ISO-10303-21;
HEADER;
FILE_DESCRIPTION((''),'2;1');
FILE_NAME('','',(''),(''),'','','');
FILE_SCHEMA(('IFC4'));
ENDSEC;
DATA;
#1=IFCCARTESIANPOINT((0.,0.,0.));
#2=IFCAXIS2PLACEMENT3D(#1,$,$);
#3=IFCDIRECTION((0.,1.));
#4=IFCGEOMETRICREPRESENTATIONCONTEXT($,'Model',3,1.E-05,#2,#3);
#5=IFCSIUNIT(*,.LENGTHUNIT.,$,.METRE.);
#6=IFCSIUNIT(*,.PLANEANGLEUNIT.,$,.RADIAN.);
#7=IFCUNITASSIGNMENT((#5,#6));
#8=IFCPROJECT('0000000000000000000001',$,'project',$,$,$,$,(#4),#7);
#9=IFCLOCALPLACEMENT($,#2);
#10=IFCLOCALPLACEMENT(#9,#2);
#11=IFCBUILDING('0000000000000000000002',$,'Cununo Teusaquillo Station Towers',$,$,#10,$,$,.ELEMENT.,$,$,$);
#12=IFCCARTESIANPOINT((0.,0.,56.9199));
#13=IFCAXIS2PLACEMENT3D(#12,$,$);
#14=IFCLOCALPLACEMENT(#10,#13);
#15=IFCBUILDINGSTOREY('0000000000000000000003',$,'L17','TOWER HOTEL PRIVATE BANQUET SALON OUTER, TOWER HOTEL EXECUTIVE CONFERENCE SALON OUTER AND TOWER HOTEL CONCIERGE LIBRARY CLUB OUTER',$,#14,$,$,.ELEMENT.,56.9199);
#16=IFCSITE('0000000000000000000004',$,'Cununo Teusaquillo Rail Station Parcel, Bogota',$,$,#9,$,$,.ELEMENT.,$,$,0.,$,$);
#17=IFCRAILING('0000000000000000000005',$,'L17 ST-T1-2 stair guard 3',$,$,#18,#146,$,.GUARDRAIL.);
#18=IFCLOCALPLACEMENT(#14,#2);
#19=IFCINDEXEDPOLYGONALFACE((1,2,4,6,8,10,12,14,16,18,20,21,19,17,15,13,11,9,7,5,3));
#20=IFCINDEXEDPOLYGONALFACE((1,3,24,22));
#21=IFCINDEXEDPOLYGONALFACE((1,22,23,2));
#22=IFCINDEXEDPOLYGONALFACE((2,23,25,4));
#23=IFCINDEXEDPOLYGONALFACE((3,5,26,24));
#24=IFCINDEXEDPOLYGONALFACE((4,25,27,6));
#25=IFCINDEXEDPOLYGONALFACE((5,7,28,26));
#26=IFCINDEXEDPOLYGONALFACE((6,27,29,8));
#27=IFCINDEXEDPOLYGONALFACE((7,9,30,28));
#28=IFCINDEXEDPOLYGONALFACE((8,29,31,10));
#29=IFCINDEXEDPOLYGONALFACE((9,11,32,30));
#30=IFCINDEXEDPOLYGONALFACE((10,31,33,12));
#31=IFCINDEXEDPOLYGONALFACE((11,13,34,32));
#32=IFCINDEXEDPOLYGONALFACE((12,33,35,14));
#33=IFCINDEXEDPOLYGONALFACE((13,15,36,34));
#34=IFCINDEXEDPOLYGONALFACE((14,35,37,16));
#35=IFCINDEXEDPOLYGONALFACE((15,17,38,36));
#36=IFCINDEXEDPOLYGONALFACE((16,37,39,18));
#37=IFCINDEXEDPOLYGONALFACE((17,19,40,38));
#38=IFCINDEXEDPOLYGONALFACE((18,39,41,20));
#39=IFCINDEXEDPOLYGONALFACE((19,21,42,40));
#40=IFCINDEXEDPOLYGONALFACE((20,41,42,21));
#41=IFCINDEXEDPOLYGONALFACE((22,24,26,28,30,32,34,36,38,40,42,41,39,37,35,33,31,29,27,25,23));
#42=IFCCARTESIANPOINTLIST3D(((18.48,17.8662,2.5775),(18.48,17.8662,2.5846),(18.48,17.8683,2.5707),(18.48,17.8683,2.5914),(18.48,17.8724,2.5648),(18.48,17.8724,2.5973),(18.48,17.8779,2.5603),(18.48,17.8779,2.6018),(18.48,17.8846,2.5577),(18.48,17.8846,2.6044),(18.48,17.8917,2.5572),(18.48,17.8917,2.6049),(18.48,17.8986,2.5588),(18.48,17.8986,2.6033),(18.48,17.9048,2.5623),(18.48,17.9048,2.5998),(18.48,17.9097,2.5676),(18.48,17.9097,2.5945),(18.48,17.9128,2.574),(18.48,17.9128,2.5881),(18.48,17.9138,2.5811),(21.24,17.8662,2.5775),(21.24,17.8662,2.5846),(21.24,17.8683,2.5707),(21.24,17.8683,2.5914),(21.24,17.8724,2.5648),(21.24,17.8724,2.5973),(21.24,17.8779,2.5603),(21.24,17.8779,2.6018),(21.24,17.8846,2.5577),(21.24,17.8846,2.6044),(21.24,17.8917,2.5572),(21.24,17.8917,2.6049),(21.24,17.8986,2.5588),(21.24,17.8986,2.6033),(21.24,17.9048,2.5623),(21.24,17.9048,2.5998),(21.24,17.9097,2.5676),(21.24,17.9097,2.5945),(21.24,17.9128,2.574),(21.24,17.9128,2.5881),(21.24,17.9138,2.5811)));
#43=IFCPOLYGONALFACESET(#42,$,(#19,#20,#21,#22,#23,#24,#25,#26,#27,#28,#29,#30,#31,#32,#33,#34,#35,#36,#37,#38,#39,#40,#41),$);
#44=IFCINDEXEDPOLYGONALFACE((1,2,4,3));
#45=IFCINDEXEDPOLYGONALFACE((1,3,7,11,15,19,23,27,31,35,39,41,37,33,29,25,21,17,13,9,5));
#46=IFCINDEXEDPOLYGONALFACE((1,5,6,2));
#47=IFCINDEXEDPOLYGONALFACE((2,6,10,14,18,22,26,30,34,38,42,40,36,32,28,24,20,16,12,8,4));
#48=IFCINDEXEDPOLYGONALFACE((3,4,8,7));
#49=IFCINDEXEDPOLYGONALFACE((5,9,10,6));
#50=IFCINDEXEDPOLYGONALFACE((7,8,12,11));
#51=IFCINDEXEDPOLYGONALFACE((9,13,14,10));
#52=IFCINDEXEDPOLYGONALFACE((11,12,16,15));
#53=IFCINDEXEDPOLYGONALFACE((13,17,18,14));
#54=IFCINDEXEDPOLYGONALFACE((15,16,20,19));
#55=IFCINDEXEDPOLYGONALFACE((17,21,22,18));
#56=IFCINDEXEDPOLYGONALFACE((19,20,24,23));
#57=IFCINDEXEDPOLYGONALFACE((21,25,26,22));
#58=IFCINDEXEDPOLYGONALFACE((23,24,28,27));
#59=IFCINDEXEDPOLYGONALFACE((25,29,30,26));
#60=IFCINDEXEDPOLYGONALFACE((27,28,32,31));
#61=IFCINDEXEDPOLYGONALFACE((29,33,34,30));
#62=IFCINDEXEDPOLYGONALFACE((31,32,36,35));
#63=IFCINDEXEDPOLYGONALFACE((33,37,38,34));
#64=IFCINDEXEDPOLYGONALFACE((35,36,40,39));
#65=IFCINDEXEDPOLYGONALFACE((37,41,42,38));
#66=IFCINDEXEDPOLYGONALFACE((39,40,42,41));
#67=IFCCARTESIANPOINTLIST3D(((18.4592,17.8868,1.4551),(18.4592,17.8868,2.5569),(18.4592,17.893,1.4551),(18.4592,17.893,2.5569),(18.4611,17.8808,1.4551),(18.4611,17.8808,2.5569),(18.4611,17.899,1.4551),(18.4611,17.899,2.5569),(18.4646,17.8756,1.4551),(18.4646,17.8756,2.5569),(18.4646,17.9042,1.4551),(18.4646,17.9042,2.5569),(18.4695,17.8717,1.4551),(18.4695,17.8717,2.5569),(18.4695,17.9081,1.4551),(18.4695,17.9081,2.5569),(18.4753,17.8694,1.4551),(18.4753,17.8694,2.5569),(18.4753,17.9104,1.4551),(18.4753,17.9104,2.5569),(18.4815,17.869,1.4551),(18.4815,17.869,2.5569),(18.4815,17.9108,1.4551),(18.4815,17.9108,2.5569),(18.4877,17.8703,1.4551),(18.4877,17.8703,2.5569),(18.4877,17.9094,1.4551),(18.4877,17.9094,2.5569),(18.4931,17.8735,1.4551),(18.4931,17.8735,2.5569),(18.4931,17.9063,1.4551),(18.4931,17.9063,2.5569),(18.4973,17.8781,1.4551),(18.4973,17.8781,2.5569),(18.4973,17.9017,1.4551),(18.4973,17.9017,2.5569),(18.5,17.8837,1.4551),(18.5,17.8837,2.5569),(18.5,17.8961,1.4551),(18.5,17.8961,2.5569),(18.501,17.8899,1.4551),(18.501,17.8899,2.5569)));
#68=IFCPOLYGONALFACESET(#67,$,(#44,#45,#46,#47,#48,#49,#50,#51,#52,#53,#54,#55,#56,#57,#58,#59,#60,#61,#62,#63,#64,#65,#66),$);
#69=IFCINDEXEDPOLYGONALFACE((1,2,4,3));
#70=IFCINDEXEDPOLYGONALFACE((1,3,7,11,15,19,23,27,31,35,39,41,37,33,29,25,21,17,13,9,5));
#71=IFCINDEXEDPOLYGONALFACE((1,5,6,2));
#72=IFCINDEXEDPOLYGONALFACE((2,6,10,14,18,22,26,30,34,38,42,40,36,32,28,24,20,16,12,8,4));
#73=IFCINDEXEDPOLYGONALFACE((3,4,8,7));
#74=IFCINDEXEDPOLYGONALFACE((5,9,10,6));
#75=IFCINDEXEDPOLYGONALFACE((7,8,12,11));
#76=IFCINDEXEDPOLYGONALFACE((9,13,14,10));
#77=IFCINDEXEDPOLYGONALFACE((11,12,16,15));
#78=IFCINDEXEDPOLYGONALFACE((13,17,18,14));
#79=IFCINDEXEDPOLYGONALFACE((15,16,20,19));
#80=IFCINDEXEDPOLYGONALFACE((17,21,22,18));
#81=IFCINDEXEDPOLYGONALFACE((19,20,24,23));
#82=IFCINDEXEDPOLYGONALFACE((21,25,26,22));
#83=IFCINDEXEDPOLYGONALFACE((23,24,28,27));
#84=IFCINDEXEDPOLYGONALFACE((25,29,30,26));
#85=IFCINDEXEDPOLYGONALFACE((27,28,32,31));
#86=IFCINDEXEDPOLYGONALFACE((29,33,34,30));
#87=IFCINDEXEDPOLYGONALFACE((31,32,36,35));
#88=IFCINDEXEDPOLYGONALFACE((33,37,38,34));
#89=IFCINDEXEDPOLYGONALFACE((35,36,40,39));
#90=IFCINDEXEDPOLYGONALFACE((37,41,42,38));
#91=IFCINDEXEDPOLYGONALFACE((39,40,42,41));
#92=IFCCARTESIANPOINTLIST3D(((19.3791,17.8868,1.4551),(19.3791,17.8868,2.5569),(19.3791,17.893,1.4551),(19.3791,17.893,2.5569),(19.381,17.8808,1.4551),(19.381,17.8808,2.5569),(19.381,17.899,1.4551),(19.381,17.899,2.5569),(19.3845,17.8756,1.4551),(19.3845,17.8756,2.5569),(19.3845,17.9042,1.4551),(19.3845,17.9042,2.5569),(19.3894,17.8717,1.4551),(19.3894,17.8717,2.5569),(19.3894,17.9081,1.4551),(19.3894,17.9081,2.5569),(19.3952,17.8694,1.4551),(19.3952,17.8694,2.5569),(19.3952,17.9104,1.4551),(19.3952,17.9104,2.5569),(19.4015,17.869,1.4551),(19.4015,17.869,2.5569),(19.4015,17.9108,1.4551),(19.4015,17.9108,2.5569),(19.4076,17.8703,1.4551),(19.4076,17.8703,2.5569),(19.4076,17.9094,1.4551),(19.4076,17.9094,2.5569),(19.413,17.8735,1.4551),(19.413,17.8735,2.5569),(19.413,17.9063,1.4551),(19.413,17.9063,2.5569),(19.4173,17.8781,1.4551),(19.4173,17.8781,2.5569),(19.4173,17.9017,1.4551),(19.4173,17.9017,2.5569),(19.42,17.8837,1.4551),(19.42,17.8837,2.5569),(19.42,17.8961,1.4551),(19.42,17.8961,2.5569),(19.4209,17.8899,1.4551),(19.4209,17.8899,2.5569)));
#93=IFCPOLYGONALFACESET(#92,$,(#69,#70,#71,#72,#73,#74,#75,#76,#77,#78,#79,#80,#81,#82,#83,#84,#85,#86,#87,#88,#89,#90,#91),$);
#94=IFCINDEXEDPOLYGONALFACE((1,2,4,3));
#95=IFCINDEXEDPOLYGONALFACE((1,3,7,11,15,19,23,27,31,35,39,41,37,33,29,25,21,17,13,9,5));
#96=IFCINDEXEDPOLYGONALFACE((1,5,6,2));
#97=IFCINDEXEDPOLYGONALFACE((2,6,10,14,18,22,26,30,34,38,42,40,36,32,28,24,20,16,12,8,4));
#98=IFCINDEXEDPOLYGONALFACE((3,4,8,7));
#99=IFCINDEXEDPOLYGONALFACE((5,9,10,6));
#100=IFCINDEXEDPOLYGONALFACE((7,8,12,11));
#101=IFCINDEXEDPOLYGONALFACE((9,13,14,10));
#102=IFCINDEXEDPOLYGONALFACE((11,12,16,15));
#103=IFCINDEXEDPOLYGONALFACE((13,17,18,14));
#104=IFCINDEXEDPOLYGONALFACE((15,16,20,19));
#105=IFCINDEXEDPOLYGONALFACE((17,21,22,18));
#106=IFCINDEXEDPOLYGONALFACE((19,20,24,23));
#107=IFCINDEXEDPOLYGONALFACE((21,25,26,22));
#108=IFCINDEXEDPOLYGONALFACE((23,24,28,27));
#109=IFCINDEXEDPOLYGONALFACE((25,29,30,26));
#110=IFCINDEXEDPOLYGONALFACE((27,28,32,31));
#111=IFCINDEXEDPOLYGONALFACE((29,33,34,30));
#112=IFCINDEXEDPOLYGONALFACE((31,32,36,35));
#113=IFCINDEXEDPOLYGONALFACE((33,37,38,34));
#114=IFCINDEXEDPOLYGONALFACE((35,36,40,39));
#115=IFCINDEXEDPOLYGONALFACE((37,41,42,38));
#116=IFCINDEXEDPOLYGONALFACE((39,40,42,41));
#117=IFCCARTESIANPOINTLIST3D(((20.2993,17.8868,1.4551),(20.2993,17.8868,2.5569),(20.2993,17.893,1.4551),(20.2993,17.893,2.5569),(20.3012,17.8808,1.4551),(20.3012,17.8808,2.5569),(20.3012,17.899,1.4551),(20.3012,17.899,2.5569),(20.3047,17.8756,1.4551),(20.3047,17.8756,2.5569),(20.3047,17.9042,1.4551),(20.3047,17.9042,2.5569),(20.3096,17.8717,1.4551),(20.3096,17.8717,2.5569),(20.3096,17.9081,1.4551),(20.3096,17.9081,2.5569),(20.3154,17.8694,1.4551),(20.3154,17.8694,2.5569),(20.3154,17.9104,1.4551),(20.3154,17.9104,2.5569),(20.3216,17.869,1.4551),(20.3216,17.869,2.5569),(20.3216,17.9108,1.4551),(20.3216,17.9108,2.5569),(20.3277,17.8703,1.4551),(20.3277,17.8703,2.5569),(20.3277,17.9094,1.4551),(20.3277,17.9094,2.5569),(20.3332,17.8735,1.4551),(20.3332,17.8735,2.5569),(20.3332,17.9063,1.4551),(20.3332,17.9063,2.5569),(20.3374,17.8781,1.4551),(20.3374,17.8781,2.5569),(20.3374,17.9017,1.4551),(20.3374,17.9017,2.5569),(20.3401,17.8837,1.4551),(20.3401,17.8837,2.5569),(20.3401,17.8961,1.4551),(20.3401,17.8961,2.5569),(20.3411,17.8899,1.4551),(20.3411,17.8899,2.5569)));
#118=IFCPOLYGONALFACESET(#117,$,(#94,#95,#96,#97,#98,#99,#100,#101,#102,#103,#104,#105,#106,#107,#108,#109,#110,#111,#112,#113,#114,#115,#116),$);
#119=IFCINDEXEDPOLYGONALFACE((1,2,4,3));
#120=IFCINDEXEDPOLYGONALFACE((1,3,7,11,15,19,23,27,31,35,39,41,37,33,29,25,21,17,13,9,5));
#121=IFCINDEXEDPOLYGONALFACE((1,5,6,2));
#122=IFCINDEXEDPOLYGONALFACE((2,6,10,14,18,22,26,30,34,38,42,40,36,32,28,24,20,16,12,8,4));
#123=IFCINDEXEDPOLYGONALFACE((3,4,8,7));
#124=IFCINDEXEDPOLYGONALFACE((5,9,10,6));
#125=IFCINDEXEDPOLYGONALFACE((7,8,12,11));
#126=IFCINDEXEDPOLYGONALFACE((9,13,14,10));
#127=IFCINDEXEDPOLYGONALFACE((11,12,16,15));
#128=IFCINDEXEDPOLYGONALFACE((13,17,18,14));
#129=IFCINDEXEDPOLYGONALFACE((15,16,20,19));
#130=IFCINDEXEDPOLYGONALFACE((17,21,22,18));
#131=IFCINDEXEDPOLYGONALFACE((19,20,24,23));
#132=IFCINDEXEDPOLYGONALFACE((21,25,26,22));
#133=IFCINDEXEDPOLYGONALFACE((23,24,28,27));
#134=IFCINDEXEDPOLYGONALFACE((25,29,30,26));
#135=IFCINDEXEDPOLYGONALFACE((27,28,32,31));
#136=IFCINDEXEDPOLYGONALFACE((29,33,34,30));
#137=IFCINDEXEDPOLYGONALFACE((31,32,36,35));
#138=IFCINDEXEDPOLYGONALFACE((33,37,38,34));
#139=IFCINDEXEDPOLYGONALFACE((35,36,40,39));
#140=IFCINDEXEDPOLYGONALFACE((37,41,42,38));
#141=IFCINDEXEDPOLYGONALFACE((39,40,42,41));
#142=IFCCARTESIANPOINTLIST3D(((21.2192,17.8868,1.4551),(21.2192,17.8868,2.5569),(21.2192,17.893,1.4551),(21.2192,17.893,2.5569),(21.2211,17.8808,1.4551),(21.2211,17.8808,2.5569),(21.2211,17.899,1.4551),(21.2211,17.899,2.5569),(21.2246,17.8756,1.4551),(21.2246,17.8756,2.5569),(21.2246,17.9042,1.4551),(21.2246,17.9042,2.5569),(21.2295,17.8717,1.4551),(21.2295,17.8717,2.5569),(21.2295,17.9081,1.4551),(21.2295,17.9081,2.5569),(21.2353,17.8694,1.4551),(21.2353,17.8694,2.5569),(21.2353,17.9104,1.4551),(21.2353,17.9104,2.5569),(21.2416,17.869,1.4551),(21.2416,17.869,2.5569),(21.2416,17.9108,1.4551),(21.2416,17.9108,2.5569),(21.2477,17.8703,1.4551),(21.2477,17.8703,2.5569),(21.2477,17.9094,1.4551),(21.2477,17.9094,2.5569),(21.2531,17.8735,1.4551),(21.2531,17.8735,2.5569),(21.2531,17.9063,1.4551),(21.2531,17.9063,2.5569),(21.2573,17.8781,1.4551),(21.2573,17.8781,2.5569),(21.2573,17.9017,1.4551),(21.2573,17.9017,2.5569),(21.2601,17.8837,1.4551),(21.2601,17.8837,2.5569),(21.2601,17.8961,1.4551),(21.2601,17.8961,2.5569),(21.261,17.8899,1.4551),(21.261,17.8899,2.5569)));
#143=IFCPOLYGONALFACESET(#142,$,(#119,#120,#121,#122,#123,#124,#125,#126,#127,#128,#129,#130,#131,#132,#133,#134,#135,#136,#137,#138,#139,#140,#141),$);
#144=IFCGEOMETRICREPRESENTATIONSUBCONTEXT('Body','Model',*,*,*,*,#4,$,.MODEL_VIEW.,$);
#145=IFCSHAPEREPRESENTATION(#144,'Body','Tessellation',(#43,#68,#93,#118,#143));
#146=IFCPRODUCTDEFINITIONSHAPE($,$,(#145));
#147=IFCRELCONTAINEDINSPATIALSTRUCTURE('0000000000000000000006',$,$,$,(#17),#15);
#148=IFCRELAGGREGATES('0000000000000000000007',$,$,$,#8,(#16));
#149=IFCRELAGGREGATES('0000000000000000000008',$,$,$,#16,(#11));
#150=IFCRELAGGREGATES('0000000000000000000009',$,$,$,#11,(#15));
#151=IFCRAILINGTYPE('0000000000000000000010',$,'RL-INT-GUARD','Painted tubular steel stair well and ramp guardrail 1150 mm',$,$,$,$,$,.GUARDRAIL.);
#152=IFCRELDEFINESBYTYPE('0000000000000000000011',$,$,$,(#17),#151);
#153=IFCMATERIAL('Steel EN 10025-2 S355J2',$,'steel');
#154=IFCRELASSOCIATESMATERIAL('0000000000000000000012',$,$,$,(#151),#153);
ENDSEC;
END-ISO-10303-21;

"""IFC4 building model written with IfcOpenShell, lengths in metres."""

from ifc_helpers import new_model, si_unit, direction, frame, origin, origin_2d, place, context, subcontext, project, spatial, circle, extrude, material, type_object, element, save


model = new_model("IFC4")

# Units and contexts
model_context = context("Model", 3, precision=1e-05, world=origin(), true_north=direction((0.0, 1.0)))
body_context = subcontext(model_context, "Body", "Model", "MODEL_VIEW")
ifc_project = project(units=[si_unit("LENGTHUNIT", "METRE"), si_unit("PLANEANGLEUNIT", "RADIAN")], contexts=[model_context])

# Site, building, storey
site_placement = place(None, origin())
site = spatial("IfcSite", under=ifc_project, at=site_placement, Name="Cununo Teusaquillo Rail Station Parcel, Bogota", CompositionType="ELEMENT", RefElevation=0.0)
building_placement = place(site_placement, origin())
building = spatial("IfcBuilding", under=site, at=building_placement, Name="Cununo Teusaquillo Station Towers", CompositionType="ELEMENT")
storey_placement = place(building_placement, frame((0.0, 0.0, 56.9199)))
storey = spatial("IfcBuildingStorey", under=building, at=storey_placement, Name="L17", Description="TOWER HOTEL PRIVATE BANQUET SALON OUTER, TOWER HOTEL EXECUTIVE CONFERENCE SALON OUTER AND TOWER HOTEL CONCIERGE LIBRARY CLUB OUTER", CompositionType="ELEMENT", Elevation=56.9199)

# Railing
ifc_material_1 = material(Name="Steel EN 10025-2 S355J2", Category="steel")
railing_type_1 = type_object("IfcRailingType", Name="RL-INT-GUARD", Description="Painted tubular steel stair well and ramp guardrail 1150 mm", PredefinedType="GUARDRAIL", material=ifc_material_1)
railing_1_placement = place(storey_placement, frame((18.48, 17.8899, 1.4551)))
element("IfcRailing", 1, at=railing_1_placement, inside=storey, type_object=railing_type_1, Name="L17 ST-T1-2 stair guard 3", PredefinedType="GUARDRAIL", context=body_context, shape_type="SweptSolid", body=[
    extrude(circle(Radius=0.0239, at=origin_2d()), frame((0.0, 0.0, 1.126), z_axis=(1.0, 0.0, 0.0), x_axis=(0.0, 1.0, 0.0)), (0.0, 0.0, 1.0), 2.76),
    extrude(circle(Radius=0.021, at=origin_2d()), origin(), (0.0, 0.0, 1.0), 1.1018),
    extrude(circle(Radius=0.021, at=origin_2d()), frame((0.9199, 0.0, 0.0)), (0.0, 0.0, 1.0), 1.1018),
    extrude(circle(Radius=0.021, at=origin_2d()), frame((1.8401, 0.0, 0.0)), (0.0, 0.0, 1.0), 1.1018),
    extrude(circle(Radius=0.021, at=origin_2d()), frame((2.76, 0.0, 0.0)), (0.0, 0.0, 1.0), 1.1018),
])

save(model, "model.ifc")
